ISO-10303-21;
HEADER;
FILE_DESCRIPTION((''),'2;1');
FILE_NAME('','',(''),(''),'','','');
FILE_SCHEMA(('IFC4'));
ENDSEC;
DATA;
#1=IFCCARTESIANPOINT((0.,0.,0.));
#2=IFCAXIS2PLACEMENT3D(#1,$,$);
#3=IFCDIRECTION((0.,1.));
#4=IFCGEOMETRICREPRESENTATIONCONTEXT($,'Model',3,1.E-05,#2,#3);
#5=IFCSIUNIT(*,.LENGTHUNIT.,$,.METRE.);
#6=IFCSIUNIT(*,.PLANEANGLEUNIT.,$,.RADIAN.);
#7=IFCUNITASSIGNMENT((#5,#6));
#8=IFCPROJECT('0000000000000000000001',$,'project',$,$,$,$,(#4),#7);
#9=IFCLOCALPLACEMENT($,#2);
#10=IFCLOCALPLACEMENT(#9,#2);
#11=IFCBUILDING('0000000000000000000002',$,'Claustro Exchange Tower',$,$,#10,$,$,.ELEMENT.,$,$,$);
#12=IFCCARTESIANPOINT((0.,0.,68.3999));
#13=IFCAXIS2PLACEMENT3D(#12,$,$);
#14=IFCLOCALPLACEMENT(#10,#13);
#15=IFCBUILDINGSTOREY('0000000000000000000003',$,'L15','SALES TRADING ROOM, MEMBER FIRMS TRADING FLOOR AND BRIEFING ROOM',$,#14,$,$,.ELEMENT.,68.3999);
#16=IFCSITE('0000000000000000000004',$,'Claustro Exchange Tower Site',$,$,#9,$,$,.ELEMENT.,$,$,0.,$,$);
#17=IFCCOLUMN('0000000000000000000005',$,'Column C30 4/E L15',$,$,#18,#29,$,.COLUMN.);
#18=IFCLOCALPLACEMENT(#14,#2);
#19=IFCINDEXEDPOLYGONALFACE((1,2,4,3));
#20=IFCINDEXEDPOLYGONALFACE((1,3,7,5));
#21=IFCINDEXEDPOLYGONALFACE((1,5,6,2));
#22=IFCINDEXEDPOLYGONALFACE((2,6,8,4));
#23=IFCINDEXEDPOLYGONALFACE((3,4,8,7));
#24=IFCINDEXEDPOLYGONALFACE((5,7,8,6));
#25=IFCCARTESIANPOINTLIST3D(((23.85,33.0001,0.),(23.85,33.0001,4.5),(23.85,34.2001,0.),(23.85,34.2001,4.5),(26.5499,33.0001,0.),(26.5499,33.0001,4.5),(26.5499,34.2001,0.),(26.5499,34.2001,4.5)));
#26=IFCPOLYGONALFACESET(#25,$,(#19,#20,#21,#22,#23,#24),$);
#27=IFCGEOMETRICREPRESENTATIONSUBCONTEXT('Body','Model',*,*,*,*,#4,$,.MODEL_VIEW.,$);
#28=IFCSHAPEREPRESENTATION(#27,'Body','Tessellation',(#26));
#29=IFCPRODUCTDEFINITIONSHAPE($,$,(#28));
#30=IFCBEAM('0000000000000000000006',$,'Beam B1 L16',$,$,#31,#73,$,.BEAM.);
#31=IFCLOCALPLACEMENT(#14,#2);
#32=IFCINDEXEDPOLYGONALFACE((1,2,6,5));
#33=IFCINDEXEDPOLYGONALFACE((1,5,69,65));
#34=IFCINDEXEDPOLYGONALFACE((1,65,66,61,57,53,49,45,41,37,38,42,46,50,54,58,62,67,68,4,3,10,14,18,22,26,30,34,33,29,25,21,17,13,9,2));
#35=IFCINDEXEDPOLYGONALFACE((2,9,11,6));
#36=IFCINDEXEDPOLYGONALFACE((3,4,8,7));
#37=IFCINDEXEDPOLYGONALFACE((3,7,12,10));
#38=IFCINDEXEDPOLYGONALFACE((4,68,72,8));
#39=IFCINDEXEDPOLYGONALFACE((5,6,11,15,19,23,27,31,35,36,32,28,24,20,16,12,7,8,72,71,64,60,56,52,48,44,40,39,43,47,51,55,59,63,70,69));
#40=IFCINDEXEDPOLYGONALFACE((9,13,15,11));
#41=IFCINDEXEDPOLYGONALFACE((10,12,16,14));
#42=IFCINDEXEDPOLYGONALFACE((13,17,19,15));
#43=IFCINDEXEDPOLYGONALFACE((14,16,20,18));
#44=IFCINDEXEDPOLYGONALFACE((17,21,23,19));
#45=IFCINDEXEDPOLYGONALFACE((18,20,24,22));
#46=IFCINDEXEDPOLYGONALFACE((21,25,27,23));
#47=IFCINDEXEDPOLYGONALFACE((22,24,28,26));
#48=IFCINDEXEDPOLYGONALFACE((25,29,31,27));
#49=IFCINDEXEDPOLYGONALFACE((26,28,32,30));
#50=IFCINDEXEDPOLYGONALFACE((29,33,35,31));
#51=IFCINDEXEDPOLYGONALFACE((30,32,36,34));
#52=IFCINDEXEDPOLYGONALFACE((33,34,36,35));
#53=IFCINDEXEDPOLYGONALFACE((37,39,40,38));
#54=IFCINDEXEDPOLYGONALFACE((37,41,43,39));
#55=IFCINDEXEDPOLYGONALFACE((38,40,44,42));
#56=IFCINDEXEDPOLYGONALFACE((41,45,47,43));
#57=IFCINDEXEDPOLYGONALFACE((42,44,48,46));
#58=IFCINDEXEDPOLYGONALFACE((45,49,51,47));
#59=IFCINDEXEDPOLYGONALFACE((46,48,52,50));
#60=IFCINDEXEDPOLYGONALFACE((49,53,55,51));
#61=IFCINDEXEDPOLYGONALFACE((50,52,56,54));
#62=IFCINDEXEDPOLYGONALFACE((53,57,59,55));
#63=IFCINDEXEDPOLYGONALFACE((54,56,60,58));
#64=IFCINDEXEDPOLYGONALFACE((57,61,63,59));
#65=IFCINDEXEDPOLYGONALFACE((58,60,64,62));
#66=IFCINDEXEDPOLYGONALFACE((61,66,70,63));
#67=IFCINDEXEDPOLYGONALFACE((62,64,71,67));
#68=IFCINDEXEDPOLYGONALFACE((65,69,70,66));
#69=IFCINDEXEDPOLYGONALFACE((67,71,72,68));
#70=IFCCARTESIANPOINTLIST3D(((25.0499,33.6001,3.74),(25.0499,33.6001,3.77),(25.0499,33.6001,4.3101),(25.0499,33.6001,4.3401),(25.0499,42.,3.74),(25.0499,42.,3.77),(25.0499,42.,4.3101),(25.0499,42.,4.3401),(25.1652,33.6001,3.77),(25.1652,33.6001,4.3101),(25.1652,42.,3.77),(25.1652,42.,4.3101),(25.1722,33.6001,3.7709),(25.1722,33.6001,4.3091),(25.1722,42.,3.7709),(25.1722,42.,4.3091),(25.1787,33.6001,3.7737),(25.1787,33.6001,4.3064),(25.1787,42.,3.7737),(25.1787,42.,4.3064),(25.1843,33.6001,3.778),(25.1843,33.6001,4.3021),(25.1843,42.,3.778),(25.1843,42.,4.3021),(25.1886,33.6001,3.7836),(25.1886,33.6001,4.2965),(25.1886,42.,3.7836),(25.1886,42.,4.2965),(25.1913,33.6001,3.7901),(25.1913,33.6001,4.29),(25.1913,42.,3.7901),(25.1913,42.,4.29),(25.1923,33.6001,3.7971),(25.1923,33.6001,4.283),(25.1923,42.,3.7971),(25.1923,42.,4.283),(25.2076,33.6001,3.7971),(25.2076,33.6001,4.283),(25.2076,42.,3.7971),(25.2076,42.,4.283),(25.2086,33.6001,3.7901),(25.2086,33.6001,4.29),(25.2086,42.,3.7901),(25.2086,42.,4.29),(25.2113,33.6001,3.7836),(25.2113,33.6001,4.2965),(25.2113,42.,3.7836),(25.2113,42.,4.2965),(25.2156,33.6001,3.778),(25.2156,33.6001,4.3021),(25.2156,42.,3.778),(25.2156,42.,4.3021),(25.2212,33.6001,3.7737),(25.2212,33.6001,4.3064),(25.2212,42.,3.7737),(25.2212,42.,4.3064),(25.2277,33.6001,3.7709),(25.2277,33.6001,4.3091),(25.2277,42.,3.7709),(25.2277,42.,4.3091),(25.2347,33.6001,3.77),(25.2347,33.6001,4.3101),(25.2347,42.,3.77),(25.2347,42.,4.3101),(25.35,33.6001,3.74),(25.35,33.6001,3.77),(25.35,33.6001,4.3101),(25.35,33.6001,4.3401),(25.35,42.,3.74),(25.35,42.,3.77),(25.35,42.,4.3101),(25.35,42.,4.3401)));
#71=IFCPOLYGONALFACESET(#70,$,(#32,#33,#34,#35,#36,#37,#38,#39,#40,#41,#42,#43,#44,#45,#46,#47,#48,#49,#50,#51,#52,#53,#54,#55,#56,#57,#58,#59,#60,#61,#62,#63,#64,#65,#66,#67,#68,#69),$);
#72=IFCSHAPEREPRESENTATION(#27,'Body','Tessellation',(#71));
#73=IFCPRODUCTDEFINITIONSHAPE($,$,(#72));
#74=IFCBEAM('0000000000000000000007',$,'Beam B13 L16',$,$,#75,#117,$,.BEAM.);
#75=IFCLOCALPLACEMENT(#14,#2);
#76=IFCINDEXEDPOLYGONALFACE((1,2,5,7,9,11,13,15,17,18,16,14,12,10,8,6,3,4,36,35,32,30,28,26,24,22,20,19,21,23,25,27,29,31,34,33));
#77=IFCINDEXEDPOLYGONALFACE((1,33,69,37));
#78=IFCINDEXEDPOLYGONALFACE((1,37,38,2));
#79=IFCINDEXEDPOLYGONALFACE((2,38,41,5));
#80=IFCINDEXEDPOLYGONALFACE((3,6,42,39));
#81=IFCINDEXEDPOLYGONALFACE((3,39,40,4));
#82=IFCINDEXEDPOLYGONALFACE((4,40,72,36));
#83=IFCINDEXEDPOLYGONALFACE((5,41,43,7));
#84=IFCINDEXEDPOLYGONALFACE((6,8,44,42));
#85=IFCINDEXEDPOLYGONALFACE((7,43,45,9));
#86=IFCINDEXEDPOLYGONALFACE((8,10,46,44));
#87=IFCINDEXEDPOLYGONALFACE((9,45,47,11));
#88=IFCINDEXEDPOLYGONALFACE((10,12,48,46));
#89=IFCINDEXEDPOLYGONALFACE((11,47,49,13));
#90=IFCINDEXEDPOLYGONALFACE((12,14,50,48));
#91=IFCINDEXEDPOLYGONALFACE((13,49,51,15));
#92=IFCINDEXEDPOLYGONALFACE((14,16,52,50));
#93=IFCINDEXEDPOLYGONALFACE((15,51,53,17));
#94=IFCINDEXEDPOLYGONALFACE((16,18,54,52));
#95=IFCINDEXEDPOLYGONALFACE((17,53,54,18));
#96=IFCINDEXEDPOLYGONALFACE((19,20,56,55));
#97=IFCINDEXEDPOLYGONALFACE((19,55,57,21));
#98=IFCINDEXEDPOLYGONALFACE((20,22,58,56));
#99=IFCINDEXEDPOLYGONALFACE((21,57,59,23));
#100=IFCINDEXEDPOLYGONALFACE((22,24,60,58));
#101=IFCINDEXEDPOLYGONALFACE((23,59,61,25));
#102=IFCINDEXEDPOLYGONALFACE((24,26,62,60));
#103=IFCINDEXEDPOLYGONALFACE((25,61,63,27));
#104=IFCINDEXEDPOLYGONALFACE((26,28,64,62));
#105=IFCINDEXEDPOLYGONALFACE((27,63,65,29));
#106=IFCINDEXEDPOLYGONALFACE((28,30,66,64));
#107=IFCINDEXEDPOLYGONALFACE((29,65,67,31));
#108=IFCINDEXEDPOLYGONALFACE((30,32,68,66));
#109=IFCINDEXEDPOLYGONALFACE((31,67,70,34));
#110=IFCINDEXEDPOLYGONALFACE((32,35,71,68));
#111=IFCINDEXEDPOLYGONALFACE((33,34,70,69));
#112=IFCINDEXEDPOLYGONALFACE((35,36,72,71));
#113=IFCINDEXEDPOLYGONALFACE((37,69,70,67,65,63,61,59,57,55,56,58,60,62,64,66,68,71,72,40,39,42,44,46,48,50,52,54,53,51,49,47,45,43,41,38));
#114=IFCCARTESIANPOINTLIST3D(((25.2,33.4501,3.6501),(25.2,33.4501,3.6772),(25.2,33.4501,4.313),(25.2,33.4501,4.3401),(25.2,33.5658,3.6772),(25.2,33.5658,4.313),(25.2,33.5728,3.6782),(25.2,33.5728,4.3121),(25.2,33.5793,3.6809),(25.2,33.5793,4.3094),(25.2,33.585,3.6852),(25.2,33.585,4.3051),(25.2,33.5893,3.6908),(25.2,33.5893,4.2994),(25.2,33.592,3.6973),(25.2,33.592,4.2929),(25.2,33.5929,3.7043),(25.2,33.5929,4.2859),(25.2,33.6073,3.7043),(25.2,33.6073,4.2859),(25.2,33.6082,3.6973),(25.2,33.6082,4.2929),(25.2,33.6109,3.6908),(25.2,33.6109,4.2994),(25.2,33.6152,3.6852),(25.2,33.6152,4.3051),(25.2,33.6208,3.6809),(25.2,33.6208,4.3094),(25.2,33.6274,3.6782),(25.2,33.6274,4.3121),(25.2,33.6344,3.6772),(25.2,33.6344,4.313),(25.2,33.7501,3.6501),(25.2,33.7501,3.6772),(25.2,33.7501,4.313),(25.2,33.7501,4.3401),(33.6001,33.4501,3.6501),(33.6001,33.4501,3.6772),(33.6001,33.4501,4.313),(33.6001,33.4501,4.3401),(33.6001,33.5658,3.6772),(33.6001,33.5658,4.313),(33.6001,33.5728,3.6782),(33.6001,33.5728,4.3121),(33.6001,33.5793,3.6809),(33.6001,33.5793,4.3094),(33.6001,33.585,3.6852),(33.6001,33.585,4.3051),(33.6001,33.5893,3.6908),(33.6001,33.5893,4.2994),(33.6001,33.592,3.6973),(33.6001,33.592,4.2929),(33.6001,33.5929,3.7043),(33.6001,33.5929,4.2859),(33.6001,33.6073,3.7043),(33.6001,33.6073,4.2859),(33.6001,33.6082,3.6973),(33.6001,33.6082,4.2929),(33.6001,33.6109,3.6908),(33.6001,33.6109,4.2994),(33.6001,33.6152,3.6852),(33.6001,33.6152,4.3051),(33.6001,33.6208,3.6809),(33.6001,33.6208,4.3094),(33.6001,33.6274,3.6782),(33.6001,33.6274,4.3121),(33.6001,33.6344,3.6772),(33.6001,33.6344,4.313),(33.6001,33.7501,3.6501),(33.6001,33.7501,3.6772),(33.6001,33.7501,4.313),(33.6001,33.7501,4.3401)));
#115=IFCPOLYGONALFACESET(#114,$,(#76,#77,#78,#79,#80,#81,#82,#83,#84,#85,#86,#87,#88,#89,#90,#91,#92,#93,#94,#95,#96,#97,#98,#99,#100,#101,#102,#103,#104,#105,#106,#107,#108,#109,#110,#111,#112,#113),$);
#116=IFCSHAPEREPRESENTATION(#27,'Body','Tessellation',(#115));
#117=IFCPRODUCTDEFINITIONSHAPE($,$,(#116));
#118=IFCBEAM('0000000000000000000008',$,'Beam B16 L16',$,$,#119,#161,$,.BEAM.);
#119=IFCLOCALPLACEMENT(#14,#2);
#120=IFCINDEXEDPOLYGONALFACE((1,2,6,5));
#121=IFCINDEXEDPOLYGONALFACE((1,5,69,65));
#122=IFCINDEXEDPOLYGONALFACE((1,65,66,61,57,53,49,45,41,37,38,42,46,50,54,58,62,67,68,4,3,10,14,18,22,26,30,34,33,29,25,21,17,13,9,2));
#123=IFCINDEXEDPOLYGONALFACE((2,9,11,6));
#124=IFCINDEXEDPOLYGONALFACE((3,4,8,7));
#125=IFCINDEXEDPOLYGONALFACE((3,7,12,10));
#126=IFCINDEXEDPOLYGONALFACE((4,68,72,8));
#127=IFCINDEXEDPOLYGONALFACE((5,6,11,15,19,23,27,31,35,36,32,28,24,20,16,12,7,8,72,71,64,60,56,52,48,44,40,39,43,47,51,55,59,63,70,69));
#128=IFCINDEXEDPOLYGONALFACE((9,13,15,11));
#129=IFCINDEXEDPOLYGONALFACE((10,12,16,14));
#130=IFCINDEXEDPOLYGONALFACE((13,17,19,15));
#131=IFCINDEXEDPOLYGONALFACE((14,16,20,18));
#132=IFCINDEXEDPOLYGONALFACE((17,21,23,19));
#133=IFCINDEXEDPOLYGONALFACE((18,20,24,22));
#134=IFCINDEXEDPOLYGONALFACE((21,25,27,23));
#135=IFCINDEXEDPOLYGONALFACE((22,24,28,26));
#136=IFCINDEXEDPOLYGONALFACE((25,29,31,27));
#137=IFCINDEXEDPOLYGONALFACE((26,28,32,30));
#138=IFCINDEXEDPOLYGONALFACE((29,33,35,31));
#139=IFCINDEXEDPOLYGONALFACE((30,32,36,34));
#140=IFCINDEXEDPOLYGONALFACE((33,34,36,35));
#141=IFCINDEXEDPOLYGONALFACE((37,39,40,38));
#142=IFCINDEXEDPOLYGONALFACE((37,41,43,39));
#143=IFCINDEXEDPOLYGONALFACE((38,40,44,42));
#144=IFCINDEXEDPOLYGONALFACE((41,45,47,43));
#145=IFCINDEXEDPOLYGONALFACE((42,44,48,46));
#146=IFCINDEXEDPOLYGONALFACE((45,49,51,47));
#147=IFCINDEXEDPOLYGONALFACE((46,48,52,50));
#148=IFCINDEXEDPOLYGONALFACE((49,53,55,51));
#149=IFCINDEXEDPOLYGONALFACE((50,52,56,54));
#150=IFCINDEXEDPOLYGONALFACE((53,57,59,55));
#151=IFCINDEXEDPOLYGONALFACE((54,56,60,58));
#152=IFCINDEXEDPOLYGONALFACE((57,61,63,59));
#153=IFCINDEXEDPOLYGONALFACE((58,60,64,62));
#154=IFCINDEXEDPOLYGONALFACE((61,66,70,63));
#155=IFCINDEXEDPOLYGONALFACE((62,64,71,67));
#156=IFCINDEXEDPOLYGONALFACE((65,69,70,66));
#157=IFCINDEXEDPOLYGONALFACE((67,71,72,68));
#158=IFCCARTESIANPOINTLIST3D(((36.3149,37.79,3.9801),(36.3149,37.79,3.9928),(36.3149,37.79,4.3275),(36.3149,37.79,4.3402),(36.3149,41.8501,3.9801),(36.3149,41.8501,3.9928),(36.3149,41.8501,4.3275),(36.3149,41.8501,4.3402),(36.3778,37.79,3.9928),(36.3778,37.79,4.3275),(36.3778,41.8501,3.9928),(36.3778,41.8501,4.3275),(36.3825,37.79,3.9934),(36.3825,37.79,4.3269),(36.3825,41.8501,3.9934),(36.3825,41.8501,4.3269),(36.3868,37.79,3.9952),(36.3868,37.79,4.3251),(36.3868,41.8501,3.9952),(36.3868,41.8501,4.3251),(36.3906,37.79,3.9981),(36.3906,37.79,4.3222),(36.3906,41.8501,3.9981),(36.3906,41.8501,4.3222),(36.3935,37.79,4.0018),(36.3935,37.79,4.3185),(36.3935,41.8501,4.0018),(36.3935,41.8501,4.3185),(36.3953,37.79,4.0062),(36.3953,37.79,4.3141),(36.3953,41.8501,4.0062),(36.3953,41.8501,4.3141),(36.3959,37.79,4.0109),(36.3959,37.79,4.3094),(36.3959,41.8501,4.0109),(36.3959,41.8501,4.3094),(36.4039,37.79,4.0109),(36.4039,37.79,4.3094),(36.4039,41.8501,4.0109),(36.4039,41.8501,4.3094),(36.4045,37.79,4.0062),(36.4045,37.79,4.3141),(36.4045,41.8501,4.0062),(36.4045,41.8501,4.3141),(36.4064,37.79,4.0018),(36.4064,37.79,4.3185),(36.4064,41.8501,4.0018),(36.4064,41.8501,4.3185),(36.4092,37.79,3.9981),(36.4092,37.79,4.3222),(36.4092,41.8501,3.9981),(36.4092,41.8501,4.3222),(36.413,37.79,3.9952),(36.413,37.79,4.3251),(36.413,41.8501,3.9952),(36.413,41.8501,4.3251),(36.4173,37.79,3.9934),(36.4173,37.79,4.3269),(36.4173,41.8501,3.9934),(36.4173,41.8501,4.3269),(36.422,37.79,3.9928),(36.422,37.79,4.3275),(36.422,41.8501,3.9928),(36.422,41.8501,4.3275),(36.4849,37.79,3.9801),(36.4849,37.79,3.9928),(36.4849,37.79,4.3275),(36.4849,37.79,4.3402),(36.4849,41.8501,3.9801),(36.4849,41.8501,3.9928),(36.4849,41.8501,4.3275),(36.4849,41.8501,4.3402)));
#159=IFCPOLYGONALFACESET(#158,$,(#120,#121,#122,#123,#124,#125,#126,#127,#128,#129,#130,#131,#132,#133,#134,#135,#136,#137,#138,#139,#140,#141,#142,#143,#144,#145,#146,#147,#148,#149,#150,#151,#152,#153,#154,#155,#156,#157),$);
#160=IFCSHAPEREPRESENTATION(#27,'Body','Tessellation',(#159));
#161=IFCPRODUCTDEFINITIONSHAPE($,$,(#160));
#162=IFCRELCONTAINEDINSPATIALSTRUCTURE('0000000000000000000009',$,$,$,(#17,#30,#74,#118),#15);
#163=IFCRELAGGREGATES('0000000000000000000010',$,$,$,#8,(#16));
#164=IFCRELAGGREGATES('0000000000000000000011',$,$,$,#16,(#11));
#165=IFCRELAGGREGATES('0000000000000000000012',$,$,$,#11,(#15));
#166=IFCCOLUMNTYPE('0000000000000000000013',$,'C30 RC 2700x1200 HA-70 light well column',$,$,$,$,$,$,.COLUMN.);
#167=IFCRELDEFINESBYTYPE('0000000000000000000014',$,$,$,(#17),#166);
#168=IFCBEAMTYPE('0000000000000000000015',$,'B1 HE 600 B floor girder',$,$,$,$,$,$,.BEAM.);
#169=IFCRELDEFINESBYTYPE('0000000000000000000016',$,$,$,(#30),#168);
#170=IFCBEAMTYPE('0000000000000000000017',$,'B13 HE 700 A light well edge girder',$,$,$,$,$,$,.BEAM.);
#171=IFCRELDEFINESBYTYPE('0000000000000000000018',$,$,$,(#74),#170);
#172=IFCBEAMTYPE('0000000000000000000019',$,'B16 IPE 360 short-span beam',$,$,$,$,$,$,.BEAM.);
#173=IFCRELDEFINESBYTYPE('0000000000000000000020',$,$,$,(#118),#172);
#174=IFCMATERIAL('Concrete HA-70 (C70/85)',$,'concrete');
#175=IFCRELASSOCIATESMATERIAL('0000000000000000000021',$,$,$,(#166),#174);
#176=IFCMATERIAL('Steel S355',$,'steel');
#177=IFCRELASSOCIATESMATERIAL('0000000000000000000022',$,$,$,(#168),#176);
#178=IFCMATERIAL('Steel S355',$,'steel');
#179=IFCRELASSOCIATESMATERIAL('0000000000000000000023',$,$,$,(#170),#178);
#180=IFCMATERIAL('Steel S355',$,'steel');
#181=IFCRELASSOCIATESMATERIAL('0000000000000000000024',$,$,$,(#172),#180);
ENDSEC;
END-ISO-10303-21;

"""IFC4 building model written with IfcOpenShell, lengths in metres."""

from ifc_helpers import new_model, si_unit, direction, frame, origin, origin_2d, place, context, subcontext, project, spatial, rectangle, i_section, extrude, material, material_profile, profile_set, type_object, element, save


model = new_model("IFC4")

# Units and contexts
model_context = context("Model", 3, precision=1e-05, world=origin(), true_north=direction((0.0, 1.0)))
body_context = subcontext(model_context, "Body", "Model", "MODEL_VIEW")
ifc_project = project(units=[si_unit("LENGTHUNIT", "METRE"), si_unit("PLANEANGLEUNIT", "RADIAN")], contexts=[model_context])

# Site, building, storey
site_placement = place(None, origin())
site = spatial("IfcSite", under=ifc_project, at=site_placement, Name="Claustro Exchange Tower Site", CompositionType="ELEMENT", RefElevation=0.0)
building_placement = place(site_placement, origin())
building = spatial("IfcBuilding", under=site, at=building_placement, Name="Claustro Exchange Tower", CompositionType="ELEMENT")
storey_placement = place(building_placement, frame((0.0, 0.0, 68.3999)))
storey = spatial("IfcBuildingStorey", under=building, at=storey_placement, Name="L15", Description="SALES TRADING ROOM, MEMBER FIRMS TRADING FLOOR AND BRIEFING ROOM", CompositionType="ELEMENT", Elevation=68.3999)

# Column
ifc_material_1 = material(Name="Concrete HA-70 (C70/85)", Category="concrete")
ifc_material_profile_1 = material_profile(ifc_material_1, rectangle(XDim=2.7, YDim=1.2, at=origin_2d()), Name="RC 2700x1200")
ifc_profile_set_1 = profile_set([ifc_material_profile_1], Name="Concrete HA-70 (C70/85)")
column_type = type_object("IfcColumnType", Name="C30 RC 2700x1200 HA-70 light well column", PredefinedType="COLUMN", material=ifc_profile_set_1)
column_placement = place(storey_placement, frame((25.2, 33.6001, 0.0), z_axis=(0.0, 0.0, 1.0), x_axis=(1.0, 0.0, 0.0)))
element("IfcColumn", 1, at=column_placement, inside=storey, type_object=column_type, Name="Column C30 4/E L15", PredefinedType="COLUMN", context=body_context, shape_type="SweptSolid", body=[
    extrude(rectangle(XDim=2.7, YDim=1.2, at=origin_2d()), origin(), (0.0, 0.0, 1.0), 4.5),
])

# Beams
ifc_material_2 = material(Name="Steel S355", Category="steel")
ifc_material_profile_2 = material_profile(ifc_material_2, i_section(OverallWidth=0.3, OverallDepth=0.6001, WebThickness=0.0154, FlangeThickness=0.03, FilletRadius=0.0271, at=origin_2d()), Name="HE 600 B")
ifc_profile_set_2 = profile_set([ifc_material_profile_2], Name="Steel S355")
beam_type_1 = type_object("IfcBeamType", Name="B1 HE 600 B floor girder", PredefinedType="BEAM", material=ifc_profile_set_2)
beam_1_placement = place(storey_placement, frame((25.2, 33.6001, 4.04), z_axis=(0.0, 1.0, 0.0), x_axis=(-1.0, 0.0, 0.0)))
element("IfcBeam", 2, at=beam_1_placement, inside=storey, type_object=beam_type_1, Name="Beam B1 L16", PredefinedType="BEAM", context=body_context, shape_type="SweptSolid", body=[
    extrude(i_section(OverallWidth=0.3, OverallDepth=0.6001, WebThickness=0.0154, FlangeThickness=0.03, FilletRadius=0.0271, at=origin_2d()), origin(), (0.0, 0.0, 1.0), 8.3999),
])
ifc_material_3 = material(Name="Steel S355", Category="steel")
ifc_material_profile_3 = material_profile(ifc_material_3, i_section(OverallWidth=0.3, OverallDepth=0.6899, WebThickness=0.0144, FlangeThickness=0.0271, FilletRadius=0.0271, at=origin_2d()), Name="HE 700 A")
ifc_profile_set_3 = profile_set([ifc_material_profile_3], Name="Steel S355")
beam_type_2 = type_object("IfcBeamType", Name="B13 HE 700 A light well edge girder", PredefinedType="BEAM", material=ifc_profile_set_3)
beam_2_placement = place(storey_placement, frame((25.2, 33.6001, 3.9951), z_axis=(1.0, 0.0, 0.0), x_axis=(0.0, 1.0, 0.0)))
element("IfcBeam", 3, at=beam_2_placement, inside=storey, type_object=beam_type_2, Name="Beam B13 L16", PredefinedType="BEAM", context=body_context, shape_type="SweptSolid", body=[
    extrude(i_section(OverallWidth=0.3, OverallDepth=0.6899, WebThickness=0.0144, FlangeThickness=0.0271, FilletRadius=0.0271, at=origin_2d()), origin(), (0.0, 0.0, 1.0), 8.4001),
])
ifc_material_4 = material(Name="Steel S355", Category="steel")
ifc_material_profile_4 = material_profile(ifc_material_4, i_section(OverallWidth=0.1699, OverallDepth=0.3601, WebThickness=0.0081, FlangeThickness=0.0127, FilletRadius=0.0181, at=origin_2d()), Name="IPE 360")
ifc_profile_set_4 = profile_set([ifc_material_profile_4], Name="Steel S355")
beam_type_3 = type_object("IfcBeamType", Name="B16 IPE 360 short-span beam", PredefinedType="BEAM", material=ifc_profile_set_4)
for number, where, z_axis, x_axis, name in (
    (4, (36.3999, 37.79, 4.1602), (0.0, 1.0, 0.0), (-1.0, 0.0, 0.0), "Beam B16 L16"),
):
    element("IfcBeam", number, at=place(storey_placement, frame(where, z_axis=z_axis, x_axis=x_axis)), inside=storey, type_object=beam_type_3, Name=name, PredefinedType="BEAM", context=body_context, shape_type="SweptSolid", body=[
        extrude(i_section(OverallWidth=0.1699, OverallDepth=0.3601, WebThickness=0.0081, FlangeThickness=0.0127, FilletRadius=0.0181, at=origin_2d()), origin(), (0.0, 0.0, 1.0), 4.0601),
    ])

save(model, "model.ifc")
